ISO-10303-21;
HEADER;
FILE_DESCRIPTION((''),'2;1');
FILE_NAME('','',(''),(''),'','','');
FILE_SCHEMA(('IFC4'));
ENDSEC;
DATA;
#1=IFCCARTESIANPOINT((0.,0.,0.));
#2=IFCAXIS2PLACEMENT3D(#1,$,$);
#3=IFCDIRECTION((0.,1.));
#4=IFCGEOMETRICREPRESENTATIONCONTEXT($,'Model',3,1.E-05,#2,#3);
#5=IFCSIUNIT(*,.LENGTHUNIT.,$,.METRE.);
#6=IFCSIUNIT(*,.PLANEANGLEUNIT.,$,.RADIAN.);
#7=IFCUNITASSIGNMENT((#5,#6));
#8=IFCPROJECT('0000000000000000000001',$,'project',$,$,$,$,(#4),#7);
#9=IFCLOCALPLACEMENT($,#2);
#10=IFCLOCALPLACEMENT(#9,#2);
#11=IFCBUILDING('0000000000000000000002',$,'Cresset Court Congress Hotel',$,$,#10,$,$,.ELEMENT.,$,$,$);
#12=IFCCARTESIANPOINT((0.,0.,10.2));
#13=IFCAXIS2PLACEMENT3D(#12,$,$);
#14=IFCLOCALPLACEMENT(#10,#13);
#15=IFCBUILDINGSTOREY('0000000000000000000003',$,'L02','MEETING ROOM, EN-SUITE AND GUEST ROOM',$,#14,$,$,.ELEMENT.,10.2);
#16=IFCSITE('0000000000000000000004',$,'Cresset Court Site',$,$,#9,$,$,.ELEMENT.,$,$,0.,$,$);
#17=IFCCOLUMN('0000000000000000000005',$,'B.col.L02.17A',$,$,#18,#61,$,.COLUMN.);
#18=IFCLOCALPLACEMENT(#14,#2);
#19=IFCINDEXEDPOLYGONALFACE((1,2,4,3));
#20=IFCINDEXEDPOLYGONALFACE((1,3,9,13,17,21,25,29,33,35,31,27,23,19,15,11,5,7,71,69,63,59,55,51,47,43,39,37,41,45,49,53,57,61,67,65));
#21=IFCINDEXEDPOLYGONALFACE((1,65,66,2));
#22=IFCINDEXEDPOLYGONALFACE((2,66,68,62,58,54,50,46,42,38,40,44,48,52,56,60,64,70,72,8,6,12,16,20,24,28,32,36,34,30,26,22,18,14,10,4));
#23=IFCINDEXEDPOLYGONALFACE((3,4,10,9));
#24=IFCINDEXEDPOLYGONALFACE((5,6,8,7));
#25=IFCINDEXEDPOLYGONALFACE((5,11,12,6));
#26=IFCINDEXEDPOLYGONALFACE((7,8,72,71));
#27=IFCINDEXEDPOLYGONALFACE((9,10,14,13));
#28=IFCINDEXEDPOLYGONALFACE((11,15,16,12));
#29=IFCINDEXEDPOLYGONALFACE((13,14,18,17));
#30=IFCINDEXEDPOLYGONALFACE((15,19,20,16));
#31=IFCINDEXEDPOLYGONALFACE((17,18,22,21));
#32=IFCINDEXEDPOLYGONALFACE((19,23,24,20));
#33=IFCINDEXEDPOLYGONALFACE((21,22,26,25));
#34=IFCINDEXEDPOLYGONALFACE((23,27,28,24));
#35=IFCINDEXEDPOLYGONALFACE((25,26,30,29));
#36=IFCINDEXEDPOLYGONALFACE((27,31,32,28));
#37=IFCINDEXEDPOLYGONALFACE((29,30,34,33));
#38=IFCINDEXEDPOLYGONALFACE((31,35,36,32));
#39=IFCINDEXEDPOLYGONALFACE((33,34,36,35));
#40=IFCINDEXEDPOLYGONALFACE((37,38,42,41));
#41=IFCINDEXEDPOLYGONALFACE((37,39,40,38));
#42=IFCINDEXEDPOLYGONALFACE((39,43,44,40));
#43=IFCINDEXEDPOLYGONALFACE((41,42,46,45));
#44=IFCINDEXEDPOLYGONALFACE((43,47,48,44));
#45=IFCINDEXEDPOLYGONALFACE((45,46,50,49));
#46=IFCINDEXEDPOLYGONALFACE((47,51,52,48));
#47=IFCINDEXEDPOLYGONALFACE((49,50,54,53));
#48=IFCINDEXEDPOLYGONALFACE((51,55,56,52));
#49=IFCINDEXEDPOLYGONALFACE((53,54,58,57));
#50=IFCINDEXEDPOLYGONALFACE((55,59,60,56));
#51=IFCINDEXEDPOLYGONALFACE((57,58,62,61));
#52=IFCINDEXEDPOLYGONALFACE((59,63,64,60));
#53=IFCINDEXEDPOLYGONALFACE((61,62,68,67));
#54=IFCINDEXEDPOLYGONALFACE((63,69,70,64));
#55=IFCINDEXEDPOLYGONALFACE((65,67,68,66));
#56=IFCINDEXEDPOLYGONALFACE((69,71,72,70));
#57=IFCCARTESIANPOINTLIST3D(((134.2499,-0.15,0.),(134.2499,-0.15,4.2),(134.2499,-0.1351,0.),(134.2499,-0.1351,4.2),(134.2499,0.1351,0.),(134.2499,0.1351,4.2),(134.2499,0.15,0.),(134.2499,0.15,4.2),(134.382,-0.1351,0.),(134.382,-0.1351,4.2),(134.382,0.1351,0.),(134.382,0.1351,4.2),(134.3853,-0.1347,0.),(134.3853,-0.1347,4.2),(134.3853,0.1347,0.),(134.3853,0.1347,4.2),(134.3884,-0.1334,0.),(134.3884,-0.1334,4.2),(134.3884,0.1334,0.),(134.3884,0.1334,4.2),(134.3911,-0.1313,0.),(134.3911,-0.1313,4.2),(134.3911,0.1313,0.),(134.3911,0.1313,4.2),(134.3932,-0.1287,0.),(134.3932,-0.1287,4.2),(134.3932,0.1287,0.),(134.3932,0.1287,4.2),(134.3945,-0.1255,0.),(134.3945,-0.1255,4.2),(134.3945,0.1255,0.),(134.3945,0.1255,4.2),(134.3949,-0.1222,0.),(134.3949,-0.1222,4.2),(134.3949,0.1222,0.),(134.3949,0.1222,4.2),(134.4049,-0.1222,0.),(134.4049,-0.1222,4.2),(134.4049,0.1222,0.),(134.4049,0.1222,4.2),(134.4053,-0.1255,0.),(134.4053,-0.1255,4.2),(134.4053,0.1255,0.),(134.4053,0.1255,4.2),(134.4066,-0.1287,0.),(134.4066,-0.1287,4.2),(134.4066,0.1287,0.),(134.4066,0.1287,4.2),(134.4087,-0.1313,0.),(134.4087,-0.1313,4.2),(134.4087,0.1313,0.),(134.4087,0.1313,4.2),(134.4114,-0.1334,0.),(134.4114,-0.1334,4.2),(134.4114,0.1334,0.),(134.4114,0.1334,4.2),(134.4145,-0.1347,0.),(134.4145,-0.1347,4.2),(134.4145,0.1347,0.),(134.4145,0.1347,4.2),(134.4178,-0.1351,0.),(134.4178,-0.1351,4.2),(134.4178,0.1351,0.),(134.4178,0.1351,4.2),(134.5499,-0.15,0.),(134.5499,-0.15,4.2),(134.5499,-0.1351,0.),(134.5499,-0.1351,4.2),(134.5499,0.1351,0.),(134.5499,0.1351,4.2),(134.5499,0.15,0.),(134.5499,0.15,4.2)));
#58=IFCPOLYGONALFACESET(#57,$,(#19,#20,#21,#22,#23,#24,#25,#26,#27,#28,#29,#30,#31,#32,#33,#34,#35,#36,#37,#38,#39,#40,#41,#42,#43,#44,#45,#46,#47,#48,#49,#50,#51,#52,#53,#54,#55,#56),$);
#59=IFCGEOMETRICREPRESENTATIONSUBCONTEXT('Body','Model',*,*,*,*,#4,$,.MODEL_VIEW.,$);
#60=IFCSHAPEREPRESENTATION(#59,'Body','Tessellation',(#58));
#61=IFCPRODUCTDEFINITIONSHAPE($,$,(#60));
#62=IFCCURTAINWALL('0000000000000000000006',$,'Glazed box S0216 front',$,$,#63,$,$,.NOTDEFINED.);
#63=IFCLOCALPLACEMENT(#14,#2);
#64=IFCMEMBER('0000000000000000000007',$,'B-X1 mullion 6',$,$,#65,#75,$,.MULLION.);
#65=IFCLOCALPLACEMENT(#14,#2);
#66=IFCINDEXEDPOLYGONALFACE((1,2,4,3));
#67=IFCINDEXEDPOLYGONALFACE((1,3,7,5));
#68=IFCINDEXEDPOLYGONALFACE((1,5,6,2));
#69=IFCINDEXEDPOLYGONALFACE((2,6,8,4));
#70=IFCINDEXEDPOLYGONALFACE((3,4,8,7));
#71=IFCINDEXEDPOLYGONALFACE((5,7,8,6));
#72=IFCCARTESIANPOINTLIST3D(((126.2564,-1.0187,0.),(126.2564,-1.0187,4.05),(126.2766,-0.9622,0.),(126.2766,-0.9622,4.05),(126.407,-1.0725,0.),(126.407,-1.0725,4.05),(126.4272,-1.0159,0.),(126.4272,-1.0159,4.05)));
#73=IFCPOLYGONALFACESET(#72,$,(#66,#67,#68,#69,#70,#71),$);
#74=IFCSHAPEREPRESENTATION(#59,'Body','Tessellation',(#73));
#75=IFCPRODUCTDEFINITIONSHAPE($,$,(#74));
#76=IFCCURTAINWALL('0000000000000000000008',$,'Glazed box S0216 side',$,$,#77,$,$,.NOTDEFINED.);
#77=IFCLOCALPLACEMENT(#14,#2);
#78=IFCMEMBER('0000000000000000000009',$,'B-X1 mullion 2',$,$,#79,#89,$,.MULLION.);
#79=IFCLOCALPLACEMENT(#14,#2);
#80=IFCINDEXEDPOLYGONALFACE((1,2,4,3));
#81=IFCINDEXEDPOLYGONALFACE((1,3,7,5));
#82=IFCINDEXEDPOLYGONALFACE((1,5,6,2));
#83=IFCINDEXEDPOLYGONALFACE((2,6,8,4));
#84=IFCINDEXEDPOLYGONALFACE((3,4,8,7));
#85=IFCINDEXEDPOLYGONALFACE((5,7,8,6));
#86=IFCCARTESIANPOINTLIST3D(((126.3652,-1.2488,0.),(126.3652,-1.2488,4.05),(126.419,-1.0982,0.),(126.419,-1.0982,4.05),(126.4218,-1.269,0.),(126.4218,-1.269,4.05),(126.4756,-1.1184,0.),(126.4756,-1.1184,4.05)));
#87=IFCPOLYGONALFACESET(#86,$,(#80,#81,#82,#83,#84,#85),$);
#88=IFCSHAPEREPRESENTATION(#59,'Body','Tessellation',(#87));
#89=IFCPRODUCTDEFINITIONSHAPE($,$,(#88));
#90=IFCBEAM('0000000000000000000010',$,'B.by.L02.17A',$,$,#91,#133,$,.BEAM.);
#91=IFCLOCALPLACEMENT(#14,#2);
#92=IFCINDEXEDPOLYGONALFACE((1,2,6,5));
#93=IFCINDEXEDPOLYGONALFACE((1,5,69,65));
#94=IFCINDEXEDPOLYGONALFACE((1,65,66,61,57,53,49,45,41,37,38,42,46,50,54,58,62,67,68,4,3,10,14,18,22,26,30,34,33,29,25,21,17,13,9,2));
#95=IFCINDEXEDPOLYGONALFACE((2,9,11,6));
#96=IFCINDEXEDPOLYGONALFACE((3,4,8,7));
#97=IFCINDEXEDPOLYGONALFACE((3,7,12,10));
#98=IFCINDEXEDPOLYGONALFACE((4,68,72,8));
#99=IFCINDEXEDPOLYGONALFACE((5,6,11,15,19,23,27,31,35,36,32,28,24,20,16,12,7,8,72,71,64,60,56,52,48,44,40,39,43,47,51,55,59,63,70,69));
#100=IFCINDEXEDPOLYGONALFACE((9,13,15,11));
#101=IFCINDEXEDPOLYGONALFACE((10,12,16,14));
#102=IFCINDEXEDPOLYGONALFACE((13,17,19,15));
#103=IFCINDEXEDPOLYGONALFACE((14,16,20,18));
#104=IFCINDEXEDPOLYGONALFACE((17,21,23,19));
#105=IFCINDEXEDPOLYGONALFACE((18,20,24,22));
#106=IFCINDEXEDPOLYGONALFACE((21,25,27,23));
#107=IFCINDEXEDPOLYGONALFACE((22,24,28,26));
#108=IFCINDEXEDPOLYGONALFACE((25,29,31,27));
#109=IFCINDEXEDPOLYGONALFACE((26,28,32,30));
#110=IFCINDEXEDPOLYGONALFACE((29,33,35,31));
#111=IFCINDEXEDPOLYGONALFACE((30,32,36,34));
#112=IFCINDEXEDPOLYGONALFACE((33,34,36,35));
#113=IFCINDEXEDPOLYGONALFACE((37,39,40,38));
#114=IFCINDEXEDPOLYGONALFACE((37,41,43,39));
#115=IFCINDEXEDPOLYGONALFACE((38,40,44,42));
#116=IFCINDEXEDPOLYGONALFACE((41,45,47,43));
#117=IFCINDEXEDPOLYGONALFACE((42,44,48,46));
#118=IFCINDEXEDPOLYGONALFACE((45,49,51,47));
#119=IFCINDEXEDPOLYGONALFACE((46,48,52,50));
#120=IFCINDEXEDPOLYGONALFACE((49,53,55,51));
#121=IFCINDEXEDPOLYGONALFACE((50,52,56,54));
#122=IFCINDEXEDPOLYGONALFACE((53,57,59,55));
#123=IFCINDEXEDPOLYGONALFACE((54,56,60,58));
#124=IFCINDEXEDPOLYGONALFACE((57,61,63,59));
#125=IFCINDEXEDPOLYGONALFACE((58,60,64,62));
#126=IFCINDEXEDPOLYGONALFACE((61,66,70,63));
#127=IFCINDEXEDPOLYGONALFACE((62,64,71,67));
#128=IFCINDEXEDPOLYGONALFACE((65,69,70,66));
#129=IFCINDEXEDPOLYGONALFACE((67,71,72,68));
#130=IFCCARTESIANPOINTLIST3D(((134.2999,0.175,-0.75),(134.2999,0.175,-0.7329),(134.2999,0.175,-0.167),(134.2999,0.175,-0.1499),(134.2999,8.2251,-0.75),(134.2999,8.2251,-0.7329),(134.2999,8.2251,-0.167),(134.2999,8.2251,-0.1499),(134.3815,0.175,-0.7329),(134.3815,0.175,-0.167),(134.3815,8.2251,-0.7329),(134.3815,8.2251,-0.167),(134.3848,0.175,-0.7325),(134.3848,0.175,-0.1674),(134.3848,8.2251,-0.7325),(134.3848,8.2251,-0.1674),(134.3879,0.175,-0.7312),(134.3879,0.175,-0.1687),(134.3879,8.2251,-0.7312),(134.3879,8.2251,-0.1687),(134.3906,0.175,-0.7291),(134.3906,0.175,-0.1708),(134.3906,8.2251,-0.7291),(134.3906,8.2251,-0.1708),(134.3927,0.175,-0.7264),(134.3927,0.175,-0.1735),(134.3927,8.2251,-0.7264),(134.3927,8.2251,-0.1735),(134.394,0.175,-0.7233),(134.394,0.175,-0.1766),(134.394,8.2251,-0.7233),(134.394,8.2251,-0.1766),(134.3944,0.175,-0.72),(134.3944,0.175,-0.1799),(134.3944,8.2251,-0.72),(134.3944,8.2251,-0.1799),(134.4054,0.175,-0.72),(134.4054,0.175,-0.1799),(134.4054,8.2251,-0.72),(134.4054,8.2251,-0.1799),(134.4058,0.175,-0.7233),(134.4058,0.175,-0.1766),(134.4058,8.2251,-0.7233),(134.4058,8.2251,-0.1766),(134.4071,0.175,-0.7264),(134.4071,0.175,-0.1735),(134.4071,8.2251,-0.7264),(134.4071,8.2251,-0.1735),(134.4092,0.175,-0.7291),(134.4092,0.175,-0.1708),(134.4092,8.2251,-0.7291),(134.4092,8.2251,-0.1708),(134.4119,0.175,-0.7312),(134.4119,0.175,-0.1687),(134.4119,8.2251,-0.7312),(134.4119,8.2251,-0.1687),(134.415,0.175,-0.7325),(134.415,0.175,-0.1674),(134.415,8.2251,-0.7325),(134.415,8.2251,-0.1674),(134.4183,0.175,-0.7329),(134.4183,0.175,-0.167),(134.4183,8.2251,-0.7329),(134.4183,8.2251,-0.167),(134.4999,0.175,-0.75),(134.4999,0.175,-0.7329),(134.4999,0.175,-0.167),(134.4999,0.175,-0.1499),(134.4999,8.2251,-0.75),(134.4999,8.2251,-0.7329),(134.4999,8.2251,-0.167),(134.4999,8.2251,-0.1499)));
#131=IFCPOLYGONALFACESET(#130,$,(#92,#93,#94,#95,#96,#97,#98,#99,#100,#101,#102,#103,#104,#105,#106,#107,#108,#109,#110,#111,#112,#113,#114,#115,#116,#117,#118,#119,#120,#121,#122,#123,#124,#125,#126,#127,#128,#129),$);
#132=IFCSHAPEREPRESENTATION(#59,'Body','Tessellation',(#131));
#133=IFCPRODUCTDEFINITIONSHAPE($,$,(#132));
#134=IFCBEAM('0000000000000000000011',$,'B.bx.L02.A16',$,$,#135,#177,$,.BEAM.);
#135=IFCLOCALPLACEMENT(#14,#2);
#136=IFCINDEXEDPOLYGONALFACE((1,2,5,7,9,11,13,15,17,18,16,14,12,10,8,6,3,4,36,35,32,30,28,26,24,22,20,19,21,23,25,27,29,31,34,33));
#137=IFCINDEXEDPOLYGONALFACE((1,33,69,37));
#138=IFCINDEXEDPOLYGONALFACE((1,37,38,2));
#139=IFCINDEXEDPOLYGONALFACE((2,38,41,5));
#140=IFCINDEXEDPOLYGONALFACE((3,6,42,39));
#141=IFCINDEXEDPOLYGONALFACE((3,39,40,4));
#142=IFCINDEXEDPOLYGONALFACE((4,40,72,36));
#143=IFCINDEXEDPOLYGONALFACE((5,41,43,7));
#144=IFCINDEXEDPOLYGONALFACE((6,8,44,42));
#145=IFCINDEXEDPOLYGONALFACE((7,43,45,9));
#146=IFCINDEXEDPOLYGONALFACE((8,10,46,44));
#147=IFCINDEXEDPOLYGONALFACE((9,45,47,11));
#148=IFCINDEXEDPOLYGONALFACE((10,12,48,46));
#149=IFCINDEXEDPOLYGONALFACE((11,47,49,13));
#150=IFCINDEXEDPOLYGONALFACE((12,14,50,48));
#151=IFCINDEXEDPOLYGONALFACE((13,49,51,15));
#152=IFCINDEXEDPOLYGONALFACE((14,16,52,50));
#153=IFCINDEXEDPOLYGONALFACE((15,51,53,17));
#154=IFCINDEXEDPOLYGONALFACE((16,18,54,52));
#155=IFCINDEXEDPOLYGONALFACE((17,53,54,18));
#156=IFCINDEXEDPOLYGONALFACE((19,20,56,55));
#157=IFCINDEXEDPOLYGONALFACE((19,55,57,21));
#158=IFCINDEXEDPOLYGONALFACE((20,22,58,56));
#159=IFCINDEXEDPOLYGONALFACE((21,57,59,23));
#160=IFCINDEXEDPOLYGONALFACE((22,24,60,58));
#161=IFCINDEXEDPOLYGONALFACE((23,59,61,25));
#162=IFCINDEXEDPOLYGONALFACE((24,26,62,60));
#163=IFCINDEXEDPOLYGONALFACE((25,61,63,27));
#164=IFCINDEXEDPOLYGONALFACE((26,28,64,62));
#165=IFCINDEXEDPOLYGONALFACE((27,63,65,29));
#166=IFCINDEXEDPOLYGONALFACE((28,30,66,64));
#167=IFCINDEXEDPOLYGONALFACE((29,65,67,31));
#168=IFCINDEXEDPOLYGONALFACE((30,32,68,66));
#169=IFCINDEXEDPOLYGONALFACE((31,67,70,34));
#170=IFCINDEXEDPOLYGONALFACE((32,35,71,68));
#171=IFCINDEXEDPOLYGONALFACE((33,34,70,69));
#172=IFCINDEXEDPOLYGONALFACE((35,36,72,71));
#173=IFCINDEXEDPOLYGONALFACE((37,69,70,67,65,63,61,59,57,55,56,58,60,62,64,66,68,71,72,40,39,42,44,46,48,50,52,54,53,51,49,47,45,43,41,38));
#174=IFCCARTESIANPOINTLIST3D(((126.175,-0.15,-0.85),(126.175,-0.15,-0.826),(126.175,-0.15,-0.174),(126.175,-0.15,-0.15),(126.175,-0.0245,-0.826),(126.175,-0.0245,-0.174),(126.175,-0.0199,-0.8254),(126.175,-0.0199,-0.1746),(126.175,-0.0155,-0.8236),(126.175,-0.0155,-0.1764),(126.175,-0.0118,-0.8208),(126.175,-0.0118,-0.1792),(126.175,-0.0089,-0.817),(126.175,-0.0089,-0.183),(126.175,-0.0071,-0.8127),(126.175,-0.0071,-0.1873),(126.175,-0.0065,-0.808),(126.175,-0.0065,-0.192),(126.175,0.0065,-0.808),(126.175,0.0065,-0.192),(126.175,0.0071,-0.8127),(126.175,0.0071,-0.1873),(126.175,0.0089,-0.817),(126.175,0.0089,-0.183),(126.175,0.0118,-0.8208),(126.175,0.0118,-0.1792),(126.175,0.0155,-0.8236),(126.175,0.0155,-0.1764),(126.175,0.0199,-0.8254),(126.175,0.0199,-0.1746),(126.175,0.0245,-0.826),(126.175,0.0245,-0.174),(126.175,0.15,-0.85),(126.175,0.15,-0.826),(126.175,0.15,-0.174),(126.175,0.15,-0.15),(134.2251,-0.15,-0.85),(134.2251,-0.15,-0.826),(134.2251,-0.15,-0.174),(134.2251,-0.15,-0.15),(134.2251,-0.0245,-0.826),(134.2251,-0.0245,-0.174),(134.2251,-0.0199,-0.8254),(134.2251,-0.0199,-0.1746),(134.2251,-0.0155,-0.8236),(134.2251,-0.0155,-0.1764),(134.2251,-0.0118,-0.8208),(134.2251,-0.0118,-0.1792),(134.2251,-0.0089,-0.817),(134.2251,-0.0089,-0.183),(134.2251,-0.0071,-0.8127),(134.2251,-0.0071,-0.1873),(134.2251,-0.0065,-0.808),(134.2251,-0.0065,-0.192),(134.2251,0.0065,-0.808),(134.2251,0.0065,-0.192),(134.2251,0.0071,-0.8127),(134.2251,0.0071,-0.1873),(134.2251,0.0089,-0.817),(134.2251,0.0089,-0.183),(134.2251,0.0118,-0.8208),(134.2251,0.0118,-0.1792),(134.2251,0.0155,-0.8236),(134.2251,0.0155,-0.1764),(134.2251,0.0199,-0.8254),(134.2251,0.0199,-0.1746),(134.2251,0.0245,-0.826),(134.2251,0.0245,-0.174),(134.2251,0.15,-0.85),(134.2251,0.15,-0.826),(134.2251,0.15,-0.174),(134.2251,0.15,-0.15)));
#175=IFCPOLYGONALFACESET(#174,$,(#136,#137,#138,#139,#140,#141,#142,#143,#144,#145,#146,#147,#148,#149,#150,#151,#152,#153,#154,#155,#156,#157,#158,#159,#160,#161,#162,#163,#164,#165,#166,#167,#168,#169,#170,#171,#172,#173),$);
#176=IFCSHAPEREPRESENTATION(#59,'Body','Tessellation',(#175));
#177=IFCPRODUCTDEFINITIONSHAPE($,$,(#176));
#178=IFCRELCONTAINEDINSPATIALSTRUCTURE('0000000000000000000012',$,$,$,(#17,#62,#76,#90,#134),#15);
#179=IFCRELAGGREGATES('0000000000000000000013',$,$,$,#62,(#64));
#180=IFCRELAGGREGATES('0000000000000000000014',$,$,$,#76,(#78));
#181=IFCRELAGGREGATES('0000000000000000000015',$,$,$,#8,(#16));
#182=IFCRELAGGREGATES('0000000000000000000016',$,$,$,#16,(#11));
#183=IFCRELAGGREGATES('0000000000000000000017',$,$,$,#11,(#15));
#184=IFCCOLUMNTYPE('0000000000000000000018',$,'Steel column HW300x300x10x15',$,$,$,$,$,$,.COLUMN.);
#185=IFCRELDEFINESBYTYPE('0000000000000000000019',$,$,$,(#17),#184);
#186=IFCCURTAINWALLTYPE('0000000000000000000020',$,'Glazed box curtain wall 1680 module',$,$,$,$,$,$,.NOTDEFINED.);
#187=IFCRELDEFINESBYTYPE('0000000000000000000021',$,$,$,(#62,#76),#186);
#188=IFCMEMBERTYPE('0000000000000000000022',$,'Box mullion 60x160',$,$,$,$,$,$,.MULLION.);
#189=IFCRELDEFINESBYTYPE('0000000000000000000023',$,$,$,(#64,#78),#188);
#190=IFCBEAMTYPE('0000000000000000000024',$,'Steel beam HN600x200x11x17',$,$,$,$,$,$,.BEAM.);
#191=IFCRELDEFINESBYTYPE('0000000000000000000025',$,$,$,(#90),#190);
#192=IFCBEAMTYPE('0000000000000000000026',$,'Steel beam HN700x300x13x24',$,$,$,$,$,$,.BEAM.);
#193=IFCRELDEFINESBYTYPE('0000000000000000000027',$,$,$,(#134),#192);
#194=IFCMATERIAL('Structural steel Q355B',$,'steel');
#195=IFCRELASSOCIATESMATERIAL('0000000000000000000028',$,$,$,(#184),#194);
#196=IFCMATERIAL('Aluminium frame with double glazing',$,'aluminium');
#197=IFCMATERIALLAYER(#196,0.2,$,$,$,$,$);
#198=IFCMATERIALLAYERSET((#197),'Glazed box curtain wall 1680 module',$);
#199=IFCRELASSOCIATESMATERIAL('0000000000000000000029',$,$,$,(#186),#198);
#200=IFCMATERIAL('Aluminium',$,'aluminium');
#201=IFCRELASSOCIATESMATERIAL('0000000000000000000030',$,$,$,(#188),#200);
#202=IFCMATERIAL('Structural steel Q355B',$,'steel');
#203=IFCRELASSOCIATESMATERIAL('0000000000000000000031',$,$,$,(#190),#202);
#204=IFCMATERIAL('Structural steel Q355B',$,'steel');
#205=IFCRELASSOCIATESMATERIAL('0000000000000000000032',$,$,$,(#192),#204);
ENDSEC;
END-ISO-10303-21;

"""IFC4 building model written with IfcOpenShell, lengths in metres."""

from ifc_helpers import new_model, si_unit, direction, frame, origin, origin_2d, place, context, subcontext, project, spatial, rectangle, i_section, extrude, material, layer, layer_set, material_profile, profile_set, type_object, element, aggregate, save


model = new_model("IFC4")

# Units and contexts
model_context = context("Model", 3, precision=1e-05, world=origin(), true_north=direction((0.0, 1.0)))
body_context = subcontext(model_context, "Body", "Model", "MODEL_VIEW")
ifc_project = project(units=[si_unit("LENGTHUNIT", "METRE"), si_unit("PLANEANGLEUNIT", "RADIAN")], contexts=[model_context])

# Site, building, storey
site_placement = place(None, origin())
site = spatial("IfcSite", under=ifc_project, at=site_placement, Name="Cresset Court Site", CompositionType="ELEMENT", RefElevation=0.0)
building_placement = place(site_placement, origin())
building = spatial("IfcBuilding", under=site, at=building_placement, Name="Cresset Court Congress Hotel", CompositionType="ELEMENT")
storey_placement = place(building_placement, frame((0.0, 0.0, 10.2)))
storey = spatial("IfcBuildingStorey", under=building, at=storey_placement, Name="L02", Description="MEETING ROOM, EN-SUITE AND GUEST ROOM", CompositionType="ELEMENT", Elevation=10.2)

# Column
ifc_material_1 = material(Name="Structural steel Q355B", Category="steel")
ifc_material_profile_1 = material_profile(ifc_material_1, i_section(OverallWidth=0.3, OverallDepth=0.3, WebThickness=0.01, FlangeThickness=0.0149, FilletRadius=0.0129, at=origin_2d()), Name="HW300x300x10x15")
ifc_profile_set_1 = profile_set([ifc_material_profile_1], Name="Structural steel Q355B")
column_type = type_object("IfcColumnType", Name="Steel column HW300x300x10x15", PredefinedType="COLUMN", material=ifc_profile_set_1)
column_placement = place(storey_placement, frame((134.3999, 0.0, 0.0), z_axis=(0.0, 0.0, 1.0), x_axis=(1.0, 0.0, 0.0)))
element("IfcColumn", 1, at=column_placement, inside=storey, type_object=column_type, Name="B.col.L02.17A", PredefinedType="COLUMN", context=body_context, shape_type="SweptSolid", body=[
    extrude(i_section(OverallWidth=0.3, OverallDepth=0.3, WebThickness=0.01, FlangeThickness=0.0149, FilletRadius=0.0129, at=origin_2d()), origin(), (0.0, 0.0, 1.0), 4.2),
])

# Curtain walls, members
ifc_material_2 = material(Name="Aluminium frame with double glazing", Category="aluminium")
ifc_layer_1 = layer(ifc_material_2, 0.2)
ifc_layer_set_1 = layer_set([ifc_layer_1], Name="Glazed box curtain wall 1680 module")
curtain_wall_type = type_object("IfcCurtainWallType", Name="Glazed box curtain wall 1680 module", PredefinedType="NOTDEFINED", material=ifc_layer_set_1)
curtain_wall_1_placement = place(storey_placement, origin())
curtain_wall_1 = element("IfcCurtainWall", 2, at=curtain_wall_1_placement, inside=storey, type_object=curtain_wall_type, Name="Glazed box S0216 front", PredefinedType="NOTDEFINED")
ifc_material_3 = material(Name="Aluminium", Category="aluminium")
ifc_material_profile_2 = material_profile(ifc_material_3, rectangle(XDim=0.0601, YDim=0.1599, at=origin_2d()), Name="Box mullion 60x160")
ifc_profile_set_2 = profile_set([ifc_material_profile_2], Name="Aluminium")
member_type = type_object("IfcMemberType", Name="Box mullion 60x160", PredefinedType="MULLION", material=ifc_profile_set_2)
member_1_placement = place(storey_placement, frame((126.3418, -1.0173, 0.0), z_axis=(0.0, 0.0, 1.0), x_axis=(0.336336, 0.941742, 0.0)))
member_1 = element("IfcMember", 3, at=member_1_placement, type_object=member_type, Name="B-X1 mullion 6", PredefinedType="MULLION", context=body_context, shape_type="SweptSolid", body=[
    extrude(rectangle(XDim=0.0601, YDim=0.1599, at=origin_2d()), origin(), (0.0, 0.0, 1.0), 4.05),
])
aggregate(curtain_wall_1, [member_1])
curtain_wall_2_placement = place(storey_placement, origin())
curtain_wall_2 = element("IfcCurtainWall", 4, at=curtain_wall_2_placement, inside=storey, type_object=curtain_wall_type, Name="Glazed box S0216 side", PredefinedType="NOTDEFINED")
member_2_placement = place(storey_placement, frame((126.4204, -1.1836, 0.0), z_axis=(0.0, 0.0, 1.0), x_axis=(-0.941742, 0.336336, 0.0)))
member_2 = element("IfcMember", 5, at=member_2_placement, type_object=member_type, Name="B-X1 mullion 2", PredefinedType="MULLION", context=body_context, shape_type="SweptSolid", body=[
    extrude(rectangle(XDim=0.0601, YDim=0.1599, at=origin_2d()), origin(), (0.0, 0.0, 1.0), 4.05),
])

# Beams
ifc_material_4 = material(Name="Structural steel Q355B", Category="steel")
ifc_material_profile_3 = material_profile(ifc_material_4, i_section(OverallWidth=0.2, OverallDepth=0.6001, WebThickness=0.011, FlangeThickness=0.0171, FilletRadius=0.0129, at=origin_2d()), Name="HN600x200x11x17")
ifc_profile_set_3 = profile_set([ifc_material_profile_3], Name="Structural steel Q355B")
beam_type_1 = type_object("IfcBeamType", Name="Steel beam HN600x200x11x17", PredefinedType="BEAM", material=ifc_profile_set_3)
beam_1_placement = place(storey_placement, frame((134.3999, 0.175, -0.45), z_axis=(0.0, 1.0, 0.0), x_axis=(-1.0, 0.0, 0.0)))
element("IfcBeam", 6, at=beam_1_placement, inside=storey, type_object=beam_type_1, Name="B.by.L02.17A", PredefinedType="BEAM", context=body_context, shape_type="SweptSolid", body=[
    extrude(i_section(OverallWidth=0.2, OverallDepth=0.6001, WebThickness=0.011, FlangeThickness=0.0171, FilletRadius=0.0129, at=origin_2d()), origin(), (0.0, 0.0, 1.0), 8.05),
])
ifc_material_5 = material(Name="Structural steel Q355B", Category="steel")
ifc_material_profile_4 = material_profile(ifc_material_5, i_section(OverallWidth=0.3, OverallDepth=0.7, WebThickness=0.0129, FlangeThickness=0.0239, FilletRadius=0.0181, at=origin_2d()), Name="HN700x300x13x24")
ifc_profile_set_4 = profile_set([ifc_material_profile_4], Name="Structural steel Q355B")
beam_type_2 = type_object("IfcBeamType", Name="Steel beam HN700x300x13x24", PredefinedType="BEAM", material=ifc_profile_set_4)
beam_2_placement = place(storey_placement, frame((126.175, 0.0, -0.5), z_axis=(1.0, 0.0, 0.0), x_axis=(0.0, 1.0, 0.0)))
element("IfcBeam", 7, at=beam_2_placement, inside=storey, type_object=beam_type_2, Name="B.bx.L02.A16", PredefinedType="BEAM", context=body_context, shape_type="SweptSolid", body=[
    extrude(i_section(OverallWidth=0.3, OverallDepth=0.7, WebThickness=0.0129, FlangeThickness=0.0239, FilletRadius=0.0181, at=origin_2d()), origin(), (0.0, 0.0, 1.0), 8.05),
])

aggregate(curtain_wall_2, [member_2])

save(model, "model.ifc")
